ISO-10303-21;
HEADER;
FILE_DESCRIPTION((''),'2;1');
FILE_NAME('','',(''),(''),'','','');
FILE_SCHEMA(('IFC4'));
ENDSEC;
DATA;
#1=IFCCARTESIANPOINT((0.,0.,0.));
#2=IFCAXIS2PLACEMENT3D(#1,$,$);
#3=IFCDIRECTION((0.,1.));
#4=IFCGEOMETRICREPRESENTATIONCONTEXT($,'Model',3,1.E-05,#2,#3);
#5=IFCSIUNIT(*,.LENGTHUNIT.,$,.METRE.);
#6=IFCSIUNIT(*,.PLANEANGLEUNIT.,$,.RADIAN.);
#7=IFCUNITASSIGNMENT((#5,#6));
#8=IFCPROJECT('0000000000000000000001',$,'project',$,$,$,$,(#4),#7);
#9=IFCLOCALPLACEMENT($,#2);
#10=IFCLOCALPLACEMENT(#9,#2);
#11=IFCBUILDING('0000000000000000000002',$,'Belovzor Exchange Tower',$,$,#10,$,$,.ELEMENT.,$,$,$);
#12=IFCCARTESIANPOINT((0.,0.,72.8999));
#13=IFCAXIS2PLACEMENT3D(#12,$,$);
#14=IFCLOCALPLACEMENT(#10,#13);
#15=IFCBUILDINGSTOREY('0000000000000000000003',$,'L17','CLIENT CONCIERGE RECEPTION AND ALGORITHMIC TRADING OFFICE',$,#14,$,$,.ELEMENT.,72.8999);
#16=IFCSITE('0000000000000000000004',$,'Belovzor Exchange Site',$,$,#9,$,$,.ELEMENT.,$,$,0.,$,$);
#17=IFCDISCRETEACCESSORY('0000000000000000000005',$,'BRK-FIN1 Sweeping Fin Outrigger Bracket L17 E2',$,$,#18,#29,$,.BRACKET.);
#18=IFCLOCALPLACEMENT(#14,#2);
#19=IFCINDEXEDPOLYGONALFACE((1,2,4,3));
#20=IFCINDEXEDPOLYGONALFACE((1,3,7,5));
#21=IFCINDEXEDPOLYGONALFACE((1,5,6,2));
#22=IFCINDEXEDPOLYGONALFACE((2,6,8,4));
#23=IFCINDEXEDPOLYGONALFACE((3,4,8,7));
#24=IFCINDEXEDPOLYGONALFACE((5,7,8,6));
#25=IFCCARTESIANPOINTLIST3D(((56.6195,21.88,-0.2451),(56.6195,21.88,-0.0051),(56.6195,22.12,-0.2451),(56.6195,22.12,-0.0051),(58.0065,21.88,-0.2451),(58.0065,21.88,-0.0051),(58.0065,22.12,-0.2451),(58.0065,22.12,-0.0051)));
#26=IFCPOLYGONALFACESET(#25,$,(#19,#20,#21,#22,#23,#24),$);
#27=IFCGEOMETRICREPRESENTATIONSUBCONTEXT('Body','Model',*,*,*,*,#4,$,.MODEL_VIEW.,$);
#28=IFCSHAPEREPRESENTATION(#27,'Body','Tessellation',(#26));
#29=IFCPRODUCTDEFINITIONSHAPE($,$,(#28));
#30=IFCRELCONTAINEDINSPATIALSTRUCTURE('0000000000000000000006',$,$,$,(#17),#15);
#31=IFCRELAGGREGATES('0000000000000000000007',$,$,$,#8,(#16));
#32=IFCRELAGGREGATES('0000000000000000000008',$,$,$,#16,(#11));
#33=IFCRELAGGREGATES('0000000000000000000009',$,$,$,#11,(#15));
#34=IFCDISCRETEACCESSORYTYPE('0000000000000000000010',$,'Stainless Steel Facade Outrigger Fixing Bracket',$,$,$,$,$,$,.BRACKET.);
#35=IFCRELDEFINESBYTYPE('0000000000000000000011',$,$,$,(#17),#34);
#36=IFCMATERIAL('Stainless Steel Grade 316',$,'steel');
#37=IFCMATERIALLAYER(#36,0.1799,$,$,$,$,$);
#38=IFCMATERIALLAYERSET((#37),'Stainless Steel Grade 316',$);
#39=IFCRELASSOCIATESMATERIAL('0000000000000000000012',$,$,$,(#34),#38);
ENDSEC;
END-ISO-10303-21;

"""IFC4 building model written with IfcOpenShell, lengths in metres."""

from ifc_helpers import new_model, si_unit, direction, frame, origin, origin_2d, place, context, subcontext, project, spatial, rectangle, extrude, material, layer, layer_set, type_object, element, save


model = new_model("IFC4")

# Units and contexts
model_context = context("Model", 3, precision=1e-05, world=origin(), true_north=direction((0.0, 1.0)))
body_context = subcontext(model_context, "Body", "Model", "MODEL_VIEW")
ifc_project = project(units=[si_unit("LENGTHUNIT", "METRE"), si_unit("PLANEANGLEUNIT", "RADIAN")], contexts=[model_context])

# Site, building, storey
site_placement = place(None, origin())
site = spatial("IfcSite", under=ifc_project, at=site_placement, Name="Belovzor Exchange Site", CompositionType="ELEMENT", RefElevation=0.0)
building_placement = place(site_placement, origin())
building = spatial("IfcBuilding", under=site, at=building_placement, Name="Belovzor Exchange Tower", CompositionType="ELEMENT")
storey_placement = place(building_placement, frame((0.0, 0.0, 72.8999)))
storey = spatial("IfcBuildingStorey", under=building, at=storey_placement, Name="L17", Description="CLIENT CONCIERGE RECEPTION AND ALGORITHMIC TRADING OFFICE", CompositionType="ELEMENT", Elevation=72.8999)

# Discrete accessory
ifc_material_1 = material(Name="Stainless Steel Grade 316", Category="steel")
ifc_layer_1 = layer(ifc_material_1, 0.1799)
ifc_layer_set_1 = layer_set([ifc_layer_1], Name="Stainless Steel Grade 316")
discrete_accessory_type = type_object("IfcDiscreteAccessoryType", Name="Stainless Steel Facade Outrigger Fixing Bracket", PredefinedType="BRACKET", material=ifc_layer_set_1)
discrete_accessory_placement = place(storey_placement, frame((57.313, 22.0, -0.2451), z_axis=(0.0, 0.0, 1.0), x_axis=(1.0, 0.0, 0.0)))
element("IfcDiscreteAccessory", 1, at=discrete_accessory_placement, inside=storey, type_object=discrete_accessory_type, Name="BRK-FIN1 Sweeping Fin Outrigger Bracket L17 E2", PredefinedType="BRACKET", context=body_context, shape_type="SweptSolid", body=[
    extrude(rectangle(XDim=1.387, YDim=0.24, at=origin_2d()), origin(), (0.0, 0.0, 1.0), 0.24),
])

save(model, "model.ifc")
